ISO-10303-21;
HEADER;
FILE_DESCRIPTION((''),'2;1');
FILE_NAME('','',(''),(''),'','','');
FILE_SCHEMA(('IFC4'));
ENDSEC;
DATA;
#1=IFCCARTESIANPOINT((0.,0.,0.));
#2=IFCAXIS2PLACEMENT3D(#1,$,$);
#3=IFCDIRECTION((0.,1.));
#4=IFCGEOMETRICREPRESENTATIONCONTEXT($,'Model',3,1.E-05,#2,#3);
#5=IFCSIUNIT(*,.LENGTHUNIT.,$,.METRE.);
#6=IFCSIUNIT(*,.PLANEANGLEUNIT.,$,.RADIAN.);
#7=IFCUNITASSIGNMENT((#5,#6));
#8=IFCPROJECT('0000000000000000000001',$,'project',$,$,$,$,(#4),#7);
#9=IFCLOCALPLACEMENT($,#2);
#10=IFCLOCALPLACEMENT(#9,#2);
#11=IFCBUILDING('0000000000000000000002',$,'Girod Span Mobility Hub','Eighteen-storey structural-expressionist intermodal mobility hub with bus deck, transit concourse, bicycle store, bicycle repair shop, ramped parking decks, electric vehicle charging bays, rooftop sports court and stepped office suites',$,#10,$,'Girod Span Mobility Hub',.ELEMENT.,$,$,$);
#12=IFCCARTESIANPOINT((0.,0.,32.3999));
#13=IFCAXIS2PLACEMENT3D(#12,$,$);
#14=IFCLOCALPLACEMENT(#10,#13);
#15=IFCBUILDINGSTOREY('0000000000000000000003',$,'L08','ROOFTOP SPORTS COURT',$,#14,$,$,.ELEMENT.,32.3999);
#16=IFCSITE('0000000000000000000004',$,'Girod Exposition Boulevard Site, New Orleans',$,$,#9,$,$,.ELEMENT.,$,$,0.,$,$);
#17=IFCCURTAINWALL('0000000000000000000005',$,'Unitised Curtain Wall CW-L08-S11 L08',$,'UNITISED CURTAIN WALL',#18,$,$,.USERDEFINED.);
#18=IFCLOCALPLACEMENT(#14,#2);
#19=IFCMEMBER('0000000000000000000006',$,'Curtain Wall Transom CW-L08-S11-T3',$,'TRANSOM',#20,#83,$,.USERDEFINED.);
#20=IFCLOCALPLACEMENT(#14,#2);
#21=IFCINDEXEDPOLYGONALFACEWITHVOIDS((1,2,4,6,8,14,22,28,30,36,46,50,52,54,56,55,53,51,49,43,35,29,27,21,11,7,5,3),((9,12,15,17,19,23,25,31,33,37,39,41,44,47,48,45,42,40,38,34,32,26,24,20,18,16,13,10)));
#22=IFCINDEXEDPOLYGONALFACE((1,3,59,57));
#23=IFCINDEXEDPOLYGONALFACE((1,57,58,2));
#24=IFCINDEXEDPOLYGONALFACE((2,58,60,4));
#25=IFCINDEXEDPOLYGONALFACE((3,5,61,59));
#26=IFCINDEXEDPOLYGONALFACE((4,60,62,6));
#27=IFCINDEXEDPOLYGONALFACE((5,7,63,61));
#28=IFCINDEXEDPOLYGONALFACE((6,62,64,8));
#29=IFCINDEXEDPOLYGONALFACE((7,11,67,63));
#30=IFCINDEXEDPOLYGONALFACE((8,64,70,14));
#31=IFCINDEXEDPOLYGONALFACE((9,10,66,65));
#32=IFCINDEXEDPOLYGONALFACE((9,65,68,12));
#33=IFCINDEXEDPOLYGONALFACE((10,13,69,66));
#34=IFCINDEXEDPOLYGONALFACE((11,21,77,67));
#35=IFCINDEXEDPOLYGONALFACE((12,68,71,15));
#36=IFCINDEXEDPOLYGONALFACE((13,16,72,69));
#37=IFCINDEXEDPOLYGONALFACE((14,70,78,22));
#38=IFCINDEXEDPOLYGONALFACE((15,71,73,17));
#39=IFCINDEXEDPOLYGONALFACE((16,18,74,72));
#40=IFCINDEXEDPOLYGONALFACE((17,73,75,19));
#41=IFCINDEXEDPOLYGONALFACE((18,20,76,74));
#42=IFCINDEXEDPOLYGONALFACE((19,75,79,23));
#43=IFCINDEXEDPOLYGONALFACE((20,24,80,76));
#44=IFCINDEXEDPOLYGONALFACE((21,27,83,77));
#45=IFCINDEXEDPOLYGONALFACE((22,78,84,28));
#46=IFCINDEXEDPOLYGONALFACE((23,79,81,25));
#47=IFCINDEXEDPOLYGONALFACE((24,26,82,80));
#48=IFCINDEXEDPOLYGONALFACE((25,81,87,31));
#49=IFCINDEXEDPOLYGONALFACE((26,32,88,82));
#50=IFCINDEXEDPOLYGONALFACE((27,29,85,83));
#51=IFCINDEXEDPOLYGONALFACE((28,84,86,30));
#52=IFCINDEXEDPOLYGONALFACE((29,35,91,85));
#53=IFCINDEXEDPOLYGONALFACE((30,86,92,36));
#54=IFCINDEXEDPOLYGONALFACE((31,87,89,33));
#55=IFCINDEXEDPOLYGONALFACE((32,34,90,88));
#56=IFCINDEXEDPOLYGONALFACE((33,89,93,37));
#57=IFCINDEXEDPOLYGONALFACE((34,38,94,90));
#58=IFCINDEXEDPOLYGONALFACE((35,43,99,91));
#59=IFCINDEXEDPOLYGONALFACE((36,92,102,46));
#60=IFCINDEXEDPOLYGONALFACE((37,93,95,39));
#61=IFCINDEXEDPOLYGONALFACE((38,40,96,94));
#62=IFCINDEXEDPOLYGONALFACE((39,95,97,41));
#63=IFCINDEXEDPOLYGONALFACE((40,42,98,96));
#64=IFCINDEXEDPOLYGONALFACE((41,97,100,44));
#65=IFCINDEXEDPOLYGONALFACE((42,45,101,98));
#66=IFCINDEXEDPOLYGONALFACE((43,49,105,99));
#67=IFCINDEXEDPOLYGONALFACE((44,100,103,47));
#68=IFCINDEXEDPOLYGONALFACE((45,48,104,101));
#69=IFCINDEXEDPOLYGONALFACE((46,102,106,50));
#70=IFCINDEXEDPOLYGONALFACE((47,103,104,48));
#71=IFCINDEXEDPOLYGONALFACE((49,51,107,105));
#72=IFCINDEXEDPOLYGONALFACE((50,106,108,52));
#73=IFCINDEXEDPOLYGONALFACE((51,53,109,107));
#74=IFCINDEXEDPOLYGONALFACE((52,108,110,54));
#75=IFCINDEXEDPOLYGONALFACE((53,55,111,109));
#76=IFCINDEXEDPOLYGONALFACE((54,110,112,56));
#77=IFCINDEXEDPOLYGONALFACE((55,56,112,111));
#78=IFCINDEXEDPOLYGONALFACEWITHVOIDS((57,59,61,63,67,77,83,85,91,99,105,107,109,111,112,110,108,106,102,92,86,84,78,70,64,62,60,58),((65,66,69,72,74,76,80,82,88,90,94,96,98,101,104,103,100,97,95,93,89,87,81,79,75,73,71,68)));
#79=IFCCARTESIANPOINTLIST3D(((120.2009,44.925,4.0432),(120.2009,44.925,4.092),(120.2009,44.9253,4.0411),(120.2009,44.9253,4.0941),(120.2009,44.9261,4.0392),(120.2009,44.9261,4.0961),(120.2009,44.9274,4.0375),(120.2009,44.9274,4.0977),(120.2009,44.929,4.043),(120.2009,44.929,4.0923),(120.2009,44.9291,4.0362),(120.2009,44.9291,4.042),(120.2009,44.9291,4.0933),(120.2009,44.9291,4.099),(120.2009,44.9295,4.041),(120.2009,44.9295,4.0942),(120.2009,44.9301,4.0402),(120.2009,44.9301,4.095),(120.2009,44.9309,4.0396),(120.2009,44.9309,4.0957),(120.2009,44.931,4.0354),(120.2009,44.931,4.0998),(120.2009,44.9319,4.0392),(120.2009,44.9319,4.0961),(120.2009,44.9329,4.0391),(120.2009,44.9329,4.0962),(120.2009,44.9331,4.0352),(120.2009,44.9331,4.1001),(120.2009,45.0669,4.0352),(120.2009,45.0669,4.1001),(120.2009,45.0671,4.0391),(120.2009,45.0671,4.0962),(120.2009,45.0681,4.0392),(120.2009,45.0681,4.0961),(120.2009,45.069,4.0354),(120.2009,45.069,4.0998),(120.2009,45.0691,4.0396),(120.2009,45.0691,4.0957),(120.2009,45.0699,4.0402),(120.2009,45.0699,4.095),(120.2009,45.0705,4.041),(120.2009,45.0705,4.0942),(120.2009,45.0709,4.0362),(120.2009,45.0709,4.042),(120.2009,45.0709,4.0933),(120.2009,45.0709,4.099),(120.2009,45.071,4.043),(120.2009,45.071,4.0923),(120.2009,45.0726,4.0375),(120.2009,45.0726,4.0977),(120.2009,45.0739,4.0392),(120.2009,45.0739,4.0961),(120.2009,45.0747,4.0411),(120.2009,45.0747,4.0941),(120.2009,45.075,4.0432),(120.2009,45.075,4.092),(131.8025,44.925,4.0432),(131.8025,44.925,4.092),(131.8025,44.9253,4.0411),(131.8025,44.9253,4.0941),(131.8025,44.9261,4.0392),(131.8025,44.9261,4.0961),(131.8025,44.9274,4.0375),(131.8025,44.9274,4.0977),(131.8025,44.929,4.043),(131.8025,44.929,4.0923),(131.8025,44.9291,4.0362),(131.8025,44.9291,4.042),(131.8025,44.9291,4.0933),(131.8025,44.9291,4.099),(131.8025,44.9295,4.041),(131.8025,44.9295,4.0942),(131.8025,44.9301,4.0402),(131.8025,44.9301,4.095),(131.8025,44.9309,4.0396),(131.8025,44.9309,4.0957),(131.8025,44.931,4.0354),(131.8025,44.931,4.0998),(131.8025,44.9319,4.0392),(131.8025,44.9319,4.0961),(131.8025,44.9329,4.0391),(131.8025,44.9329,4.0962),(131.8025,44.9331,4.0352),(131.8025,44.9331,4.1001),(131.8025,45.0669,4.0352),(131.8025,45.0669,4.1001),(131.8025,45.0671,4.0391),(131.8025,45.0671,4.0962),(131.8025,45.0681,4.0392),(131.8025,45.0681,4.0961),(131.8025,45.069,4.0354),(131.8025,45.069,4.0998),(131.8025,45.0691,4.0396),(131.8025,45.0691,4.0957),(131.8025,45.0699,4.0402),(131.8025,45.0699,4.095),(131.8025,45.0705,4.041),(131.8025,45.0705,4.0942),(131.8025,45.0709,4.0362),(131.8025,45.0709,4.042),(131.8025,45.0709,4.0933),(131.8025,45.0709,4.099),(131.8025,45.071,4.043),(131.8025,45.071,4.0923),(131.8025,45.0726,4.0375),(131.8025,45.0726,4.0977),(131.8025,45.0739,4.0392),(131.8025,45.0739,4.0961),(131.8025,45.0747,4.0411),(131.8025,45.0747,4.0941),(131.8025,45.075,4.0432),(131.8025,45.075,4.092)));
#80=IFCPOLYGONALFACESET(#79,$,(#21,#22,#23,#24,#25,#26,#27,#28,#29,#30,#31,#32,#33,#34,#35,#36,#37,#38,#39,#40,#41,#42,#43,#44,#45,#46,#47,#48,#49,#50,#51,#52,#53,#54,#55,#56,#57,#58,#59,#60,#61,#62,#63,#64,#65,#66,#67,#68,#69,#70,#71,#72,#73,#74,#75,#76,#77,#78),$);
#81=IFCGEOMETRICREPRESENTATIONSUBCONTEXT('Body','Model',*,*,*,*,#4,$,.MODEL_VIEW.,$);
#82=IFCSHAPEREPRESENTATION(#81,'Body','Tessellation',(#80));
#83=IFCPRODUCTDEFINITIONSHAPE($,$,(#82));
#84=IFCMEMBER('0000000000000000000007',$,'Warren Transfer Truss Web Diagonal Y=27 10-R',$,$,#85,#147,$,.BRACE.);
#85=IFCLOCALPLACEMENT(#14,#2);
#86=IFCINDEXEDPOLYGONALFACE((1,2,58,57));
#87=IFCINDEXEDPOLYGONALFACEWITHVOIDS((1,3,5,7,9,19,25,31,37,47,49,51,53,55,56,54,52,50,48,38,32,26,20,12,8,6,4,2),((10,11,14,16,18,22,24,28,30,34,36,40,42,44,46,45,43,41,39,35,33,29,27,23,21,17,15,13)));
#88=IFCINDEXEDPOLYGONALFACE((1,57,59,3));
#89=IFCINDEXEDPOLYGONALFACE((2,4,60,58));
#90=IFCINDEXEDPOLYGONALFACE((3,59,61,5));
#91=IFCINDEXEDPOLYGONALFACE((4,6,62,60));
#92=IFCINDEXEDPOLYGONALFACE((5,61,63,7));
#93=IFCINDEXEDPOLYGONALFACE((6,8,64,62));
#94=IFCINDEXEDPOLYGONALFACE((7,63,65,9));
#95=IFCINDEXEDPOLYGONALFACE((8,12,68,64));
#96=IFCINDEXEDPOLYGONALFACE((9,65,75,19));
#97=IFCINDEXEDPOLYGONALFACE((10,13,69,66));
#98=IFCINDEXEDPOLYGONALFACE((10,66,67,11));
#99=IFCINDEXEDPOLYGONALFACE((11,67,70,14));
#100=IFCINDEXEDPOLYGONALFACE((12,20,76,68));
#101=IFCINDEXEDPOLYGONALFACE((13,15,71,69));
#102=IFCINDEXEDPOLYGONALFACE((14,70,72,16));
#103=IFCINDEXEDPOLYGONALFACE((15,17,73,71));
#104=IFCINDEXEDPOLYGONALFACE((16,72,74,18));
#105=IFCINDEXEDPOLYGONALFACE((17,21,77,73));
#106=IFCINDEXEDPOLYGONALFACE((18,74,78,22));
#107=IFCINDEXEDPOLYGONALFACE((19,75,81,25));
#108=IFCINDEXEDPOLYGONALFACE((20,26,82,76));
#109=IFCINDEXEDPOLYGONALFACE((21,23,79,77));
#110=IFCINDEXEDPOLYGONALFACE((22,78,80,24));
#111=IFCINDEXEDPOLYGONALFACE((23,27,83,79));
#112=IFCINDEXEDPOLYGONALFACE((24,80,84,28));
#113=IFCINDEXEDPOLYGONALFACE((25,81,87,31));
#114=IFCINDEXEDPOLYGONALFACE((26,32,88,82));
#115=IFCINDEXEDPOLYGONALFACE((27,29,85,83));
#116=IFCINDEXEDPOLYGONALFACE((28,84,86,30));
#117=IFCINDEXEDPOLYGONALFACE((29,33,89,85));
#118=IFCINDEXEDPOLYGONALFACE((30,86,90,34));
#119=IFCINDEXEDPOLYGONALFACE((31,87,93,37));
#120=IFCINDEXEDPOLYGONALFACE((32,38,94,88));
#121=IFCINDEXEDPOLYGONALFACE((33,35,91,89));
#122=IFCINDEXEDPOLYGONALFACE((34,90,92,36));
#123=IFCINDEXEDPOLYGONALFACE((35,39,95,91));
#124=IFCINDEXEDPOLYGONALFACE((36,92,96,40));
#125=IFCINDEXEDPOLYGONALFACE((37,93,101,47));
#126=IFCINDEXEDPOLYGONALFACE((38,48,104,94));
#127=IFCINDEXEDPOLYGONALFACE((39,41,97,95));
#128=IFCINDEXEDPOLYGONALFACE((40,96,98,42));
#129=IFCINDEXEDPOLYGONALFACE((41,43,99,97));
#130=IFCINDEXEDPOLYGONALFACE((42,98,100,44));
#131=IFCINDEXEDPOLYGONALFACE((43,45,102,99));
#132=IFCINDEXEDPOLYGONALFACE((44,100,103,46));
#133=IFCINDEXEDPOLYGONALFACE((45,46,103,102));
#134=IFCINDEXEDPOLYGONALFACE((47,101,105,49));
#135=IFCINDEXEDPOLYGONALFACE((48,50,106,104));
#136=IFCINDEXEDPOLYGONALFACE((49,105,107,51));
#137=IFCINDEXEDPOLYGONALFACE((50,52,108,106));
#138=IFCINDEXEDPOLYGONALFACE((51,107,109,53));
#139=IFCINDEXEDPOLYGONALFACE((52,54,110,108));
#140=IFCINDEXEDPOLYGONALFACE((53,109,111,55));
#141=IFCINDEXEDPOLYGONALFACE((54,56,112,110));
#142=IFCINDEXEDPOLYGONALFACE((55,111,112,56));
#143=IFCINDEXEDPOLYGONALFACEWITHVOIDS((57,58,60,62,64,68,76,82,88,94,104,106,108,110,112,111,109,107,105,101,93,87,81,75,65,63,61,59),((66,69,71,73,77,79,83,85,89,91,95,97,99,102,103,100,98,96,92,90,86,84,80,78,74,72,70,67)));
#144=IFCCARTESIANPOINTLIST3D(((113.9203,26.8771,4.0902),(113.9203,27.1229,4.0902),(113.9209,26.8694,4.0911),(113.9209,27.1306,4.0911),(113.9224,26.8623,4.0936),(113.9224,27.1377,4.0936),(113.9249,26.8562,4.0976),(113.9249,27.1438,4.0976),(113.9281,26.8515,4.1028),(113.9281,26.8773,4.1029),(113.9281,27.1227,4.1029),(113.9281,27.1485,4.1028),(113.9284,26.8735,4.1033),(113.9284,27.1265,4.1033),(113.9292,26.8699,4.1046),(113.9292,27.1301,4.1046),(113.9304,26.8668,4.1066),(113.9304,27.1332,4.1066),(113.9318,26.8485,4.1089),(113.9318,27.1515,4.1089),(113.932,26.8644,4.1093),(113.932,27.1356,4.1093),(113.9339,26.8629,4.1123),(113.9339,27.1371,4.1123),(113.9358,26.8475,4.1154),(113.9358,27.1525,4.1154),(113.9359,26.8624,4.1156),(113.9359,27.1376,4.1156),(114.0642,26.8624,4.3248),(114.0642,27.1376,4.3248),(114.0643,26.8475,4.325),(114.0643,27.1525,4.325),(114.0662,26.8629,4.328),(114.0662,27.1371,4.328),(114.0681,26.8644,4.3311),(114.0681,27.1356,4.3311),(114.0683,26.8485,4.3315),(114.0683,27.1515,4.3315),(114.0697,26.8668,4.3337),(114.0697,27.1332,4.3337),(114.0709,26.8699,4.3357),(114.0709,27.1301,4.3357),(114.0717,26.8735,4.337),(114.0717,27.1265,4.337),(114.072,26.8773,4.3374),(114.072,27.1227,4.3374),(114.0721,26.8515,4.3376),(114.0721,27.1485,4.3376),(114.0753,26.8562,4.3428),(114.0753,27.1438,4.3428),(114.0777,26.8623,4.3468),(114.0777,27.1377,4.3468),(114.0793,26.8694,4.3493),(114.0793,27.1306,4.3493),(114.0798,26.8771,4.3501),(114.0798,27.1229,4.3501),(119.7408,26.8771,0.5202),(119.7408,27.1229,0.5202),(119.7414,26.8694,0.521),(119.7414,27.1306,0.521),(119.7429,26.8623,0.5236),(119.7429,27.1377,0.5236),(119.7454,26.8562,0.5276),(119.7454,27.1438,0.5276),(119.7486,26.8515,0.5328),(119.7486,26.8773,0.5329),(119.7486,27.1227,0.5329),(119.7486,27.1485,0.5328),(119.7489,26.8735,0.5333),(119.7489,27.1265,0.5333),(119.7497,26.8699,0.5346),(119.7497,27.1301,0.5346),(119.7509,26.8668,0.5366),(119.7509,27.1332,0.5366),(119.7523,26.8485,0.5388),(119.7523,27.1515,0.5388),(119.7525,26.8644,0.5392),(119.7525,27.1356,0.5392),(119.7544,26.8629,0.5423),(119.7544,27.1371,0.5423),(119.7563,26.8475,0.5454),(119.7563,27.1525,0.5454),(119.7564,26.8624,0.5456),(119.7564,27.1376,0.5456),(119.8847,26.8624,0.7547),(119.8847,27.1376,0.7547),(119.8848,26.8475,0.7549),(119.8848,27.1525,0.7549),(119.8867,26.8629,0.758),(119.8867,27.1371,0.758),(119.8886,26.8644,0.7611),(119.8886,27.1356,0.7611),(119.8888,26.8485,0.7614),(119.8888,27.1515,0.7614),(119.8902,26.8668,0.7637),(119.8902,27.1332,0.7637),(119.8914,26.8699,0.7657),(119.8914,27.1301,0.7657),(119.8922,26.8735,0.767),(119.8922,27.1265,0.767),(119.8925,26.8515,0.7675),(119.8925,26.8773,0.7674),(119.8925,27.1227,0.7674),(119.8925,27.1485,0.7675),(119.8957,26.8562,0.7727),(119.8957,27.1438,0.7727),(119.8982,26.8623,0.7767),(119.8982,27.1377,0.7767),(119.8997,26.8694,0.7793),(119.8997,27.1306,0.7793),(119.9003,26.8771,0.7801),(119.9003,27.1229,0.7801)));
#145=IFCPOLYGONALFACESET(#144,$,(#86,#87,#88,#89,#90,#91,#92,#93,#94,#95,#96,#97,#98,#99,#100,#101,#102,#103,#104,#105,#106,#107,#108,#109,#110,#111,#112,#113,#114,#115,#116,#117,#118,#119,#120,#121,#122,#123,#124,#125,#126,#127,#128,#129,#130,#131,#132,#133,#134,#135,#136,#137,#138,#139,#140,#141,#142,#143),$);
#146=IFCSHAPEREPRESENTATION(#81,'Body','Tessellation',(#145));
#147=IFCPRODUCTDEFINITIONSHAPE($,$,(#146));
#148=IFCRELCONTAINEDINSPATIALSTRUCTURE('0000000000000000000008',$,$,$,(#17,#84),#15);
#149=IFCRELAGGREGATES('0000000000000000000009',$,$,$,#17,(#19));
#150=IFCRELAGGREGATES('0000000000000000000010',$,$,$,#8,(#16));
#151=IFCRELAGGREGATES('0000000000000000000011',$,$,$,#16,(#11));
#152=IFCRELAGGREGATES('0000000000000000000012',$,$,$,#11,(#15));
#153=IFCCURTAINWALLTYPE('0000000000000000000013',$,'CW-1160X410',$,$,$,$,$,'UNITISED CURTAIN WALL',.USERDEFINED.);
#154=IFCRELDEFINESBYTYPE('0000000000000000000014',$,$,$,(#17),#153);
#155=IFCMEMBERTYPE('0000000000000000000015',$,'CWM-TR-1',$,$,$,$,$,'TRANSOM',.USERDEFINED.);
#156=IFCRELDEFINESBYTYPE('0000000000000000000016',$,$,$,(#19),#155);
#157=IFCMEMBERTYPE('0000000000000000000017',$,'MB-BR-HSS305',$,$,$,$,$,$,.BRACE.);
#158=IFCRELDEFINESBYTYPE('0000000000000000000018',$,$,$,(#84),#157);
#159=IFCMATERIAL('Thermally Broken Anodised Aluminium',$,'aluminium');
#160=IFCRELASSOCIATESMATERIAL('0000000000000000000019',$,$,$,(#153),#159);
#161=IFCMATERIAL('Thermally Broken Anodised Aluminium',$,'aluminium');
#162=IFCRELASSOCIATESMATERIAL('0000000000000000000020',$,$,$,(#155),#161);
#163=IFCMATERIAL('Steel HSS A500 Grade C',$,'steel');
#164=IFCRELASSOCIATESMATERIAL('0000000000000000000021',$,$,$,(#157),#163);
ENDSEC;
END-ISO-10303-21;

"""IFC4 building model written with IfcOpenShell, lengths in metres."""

from ifc_helpers import new_model, si_unit, direction, frame, origin, origin_2d, place, context, subcontext, project, spatial, hollow_rectangle, extrude, material, material_profile, profile_set, type_object, element, aggregate, save


model = new_model("IFC4")

# Units and contexts
model_context = context("Model", 3, precision=1e-05, world=origin(), true_north=direction((0.0, 1.0)))
body_context = subcontext(model_context, "Body", "Model", "MODEL_VIEW")
ifc_project = project(units=[si_unit("LENGTHUNIT", "METRE"), si_unit("PLANEANGLEUNIT", "RADIAN")], contexts=[model_context])

# Site, building, storey
site_placement = place(None, origin())
site = spatial("IfcSite", under=ifc_project, at=site_placement, Name="Girod Exposition Boulevard Site, New Orleans", CompositionType="ELEMENT", RefElevation=0.0)
building_placement = place(site_placement, origin())
building = spatial("IfcBuilding", under=site, at=building_placement, Name="Girod Span Mobility Hub", Description="Eighteen-storey structural-expressionist intermodal mobility hub with bus deck, transit concourse, bicycle store, bicycle repair shop, ramped parking decks, electric vehicle charging bays, rooftop sports court and stepped office suites", LongName="Girod Span Mobility Hub", CompositionType="ELEMENT")
storey_placement = place(building_placement, frame((0.0, 0.0, 32.3999)))
storey = spatial("IfcBuildingStorey", under=building, at=storey_placement, Name="L08", Description="ROOFTOP SPORTS COURT", CompositionType="ELEMENT", Elevation=32.3999)

# Curtain wall, member
ifc_material_1 = material(Name="Thermally Broken Anodised Aluminium", Category="aluminium")
curtain_wall_type = type_object("IfcCurtainWallType", Name="CW-1160X410", ElementType="UNITISED CURTAIN WALL", PredefinedType="USERDEFINED", material=ifc_material_1)
curtain_wall_1_placement = place(storey_placement, origin())
curtain_wall_1 = element("IfcCurtainWall", 1, at=curtain_wall_1_placement, inside=storey, type_object=curtain_wall_type, Name="Unitised Curtain Wall CW-L08-S11 L08", ObjectType="UNITISED CURTAIN WALL", PredefinedType="USERDEFINED")
ifc_material_2 = material(Name="Thermally Broken Anodised Aluminium", Category="aluminium")
ifc_material_profile_1 = material_profile(ifc_material_2, hollow_rectangle(XDim=0.1499, YDim=0.0649, WallThickness=0.0039, InnerFilletRadius=0.0039, OuterFilletRadius=0.0081, at=origin_2d()), Name="CW-TR-65X150")
ifc_profile_set_1 = profile_set([ifc_material_profile_1], Name="Thermally Broken Anodised Aluminium")
member_type_1 = type_object("IfcMemberType", Name="CWM-TR-1", ElementType="TRANSOM", PredefinedType="USERDEFINED", material=ifc_profile_set_1)
member_1_placement = place(storey_placement, frame((120.2009, 45.0, 4.0676), z_axis=(1.0, 0.0, 0.0), x_axis=(0.0, 1.0, 0.0)))
member_1 = element("IfcMember", 2, at=member_1_placement, type_object=member_type_1, Name="Curtain Wall Transom CW-L08-S11-T3", ObjectType="TRANSOM", PredefinedType="USERDEFINED", context=body_context, shape_type="SweptSolid", body=[
    extrude(hollow_rectangle(XDim=0.1499, YDim=0.0649, WallThickness=0.0039, InnerFilletRadius=0.0039, OuterFilletRadius=0.0081, at=origin_2d()), origin(), (0.0, 0.0, 1.0), 11.6016),
])

# Member
ifc_material_3 = material(Name="Steel HSS A500 Grade C", Category="steel")
ifc_material_profile_2 = material_profile(ifc_material_3, hollow_rectangle(XDim=0.3049, YDim=0.3049, WallThickness=0.0149, InnerFilletRadius=0.0149, OuterFilletRadius=0.0295, at=origin_2d()), Name="HSS305X305X16")
ifc_profile_set_2 = profile_set([ifc_material_profile_2], Name="Steel HSS A500 Grade C")
member_type_2 = type_object("IfcMemberType", Name="MB-BR-HSS305", PredefinedType="BRACE", material=ifc_profile_set_2)
for number, where, z_axis, x_axis, name in (
    (3, (119.8206, 27.0, 0.6501), (-0.85243, 0.0, 0.522842), (0.0, -1.0, 0.0), "Warren Transfer Truss Web Diagonal Y=27 10-R"),
):
    element("IfcMember", number, at=place(storey_placement, frame(where, z_axis=z_axis, x_axis=x_axis)), inside=storey, type_object=member_type_2, Name=name, PredefinedType="BRACE", context=body_context, shape_type="SweptSolid", body=[
        extrude(hollow_rectangle(XDim=0.3049, YDim=0.3049, WallThickness=0.0149, InnerFilletRadius=0.0149, OuterFilletRadius=0.0295, at=origin_2d()), origin(), (0.0, 0.0, 1.0), 6.8281),
    ])

aggregate(curtain_wall_1, [member_1])

save(model, "model.ifc")
